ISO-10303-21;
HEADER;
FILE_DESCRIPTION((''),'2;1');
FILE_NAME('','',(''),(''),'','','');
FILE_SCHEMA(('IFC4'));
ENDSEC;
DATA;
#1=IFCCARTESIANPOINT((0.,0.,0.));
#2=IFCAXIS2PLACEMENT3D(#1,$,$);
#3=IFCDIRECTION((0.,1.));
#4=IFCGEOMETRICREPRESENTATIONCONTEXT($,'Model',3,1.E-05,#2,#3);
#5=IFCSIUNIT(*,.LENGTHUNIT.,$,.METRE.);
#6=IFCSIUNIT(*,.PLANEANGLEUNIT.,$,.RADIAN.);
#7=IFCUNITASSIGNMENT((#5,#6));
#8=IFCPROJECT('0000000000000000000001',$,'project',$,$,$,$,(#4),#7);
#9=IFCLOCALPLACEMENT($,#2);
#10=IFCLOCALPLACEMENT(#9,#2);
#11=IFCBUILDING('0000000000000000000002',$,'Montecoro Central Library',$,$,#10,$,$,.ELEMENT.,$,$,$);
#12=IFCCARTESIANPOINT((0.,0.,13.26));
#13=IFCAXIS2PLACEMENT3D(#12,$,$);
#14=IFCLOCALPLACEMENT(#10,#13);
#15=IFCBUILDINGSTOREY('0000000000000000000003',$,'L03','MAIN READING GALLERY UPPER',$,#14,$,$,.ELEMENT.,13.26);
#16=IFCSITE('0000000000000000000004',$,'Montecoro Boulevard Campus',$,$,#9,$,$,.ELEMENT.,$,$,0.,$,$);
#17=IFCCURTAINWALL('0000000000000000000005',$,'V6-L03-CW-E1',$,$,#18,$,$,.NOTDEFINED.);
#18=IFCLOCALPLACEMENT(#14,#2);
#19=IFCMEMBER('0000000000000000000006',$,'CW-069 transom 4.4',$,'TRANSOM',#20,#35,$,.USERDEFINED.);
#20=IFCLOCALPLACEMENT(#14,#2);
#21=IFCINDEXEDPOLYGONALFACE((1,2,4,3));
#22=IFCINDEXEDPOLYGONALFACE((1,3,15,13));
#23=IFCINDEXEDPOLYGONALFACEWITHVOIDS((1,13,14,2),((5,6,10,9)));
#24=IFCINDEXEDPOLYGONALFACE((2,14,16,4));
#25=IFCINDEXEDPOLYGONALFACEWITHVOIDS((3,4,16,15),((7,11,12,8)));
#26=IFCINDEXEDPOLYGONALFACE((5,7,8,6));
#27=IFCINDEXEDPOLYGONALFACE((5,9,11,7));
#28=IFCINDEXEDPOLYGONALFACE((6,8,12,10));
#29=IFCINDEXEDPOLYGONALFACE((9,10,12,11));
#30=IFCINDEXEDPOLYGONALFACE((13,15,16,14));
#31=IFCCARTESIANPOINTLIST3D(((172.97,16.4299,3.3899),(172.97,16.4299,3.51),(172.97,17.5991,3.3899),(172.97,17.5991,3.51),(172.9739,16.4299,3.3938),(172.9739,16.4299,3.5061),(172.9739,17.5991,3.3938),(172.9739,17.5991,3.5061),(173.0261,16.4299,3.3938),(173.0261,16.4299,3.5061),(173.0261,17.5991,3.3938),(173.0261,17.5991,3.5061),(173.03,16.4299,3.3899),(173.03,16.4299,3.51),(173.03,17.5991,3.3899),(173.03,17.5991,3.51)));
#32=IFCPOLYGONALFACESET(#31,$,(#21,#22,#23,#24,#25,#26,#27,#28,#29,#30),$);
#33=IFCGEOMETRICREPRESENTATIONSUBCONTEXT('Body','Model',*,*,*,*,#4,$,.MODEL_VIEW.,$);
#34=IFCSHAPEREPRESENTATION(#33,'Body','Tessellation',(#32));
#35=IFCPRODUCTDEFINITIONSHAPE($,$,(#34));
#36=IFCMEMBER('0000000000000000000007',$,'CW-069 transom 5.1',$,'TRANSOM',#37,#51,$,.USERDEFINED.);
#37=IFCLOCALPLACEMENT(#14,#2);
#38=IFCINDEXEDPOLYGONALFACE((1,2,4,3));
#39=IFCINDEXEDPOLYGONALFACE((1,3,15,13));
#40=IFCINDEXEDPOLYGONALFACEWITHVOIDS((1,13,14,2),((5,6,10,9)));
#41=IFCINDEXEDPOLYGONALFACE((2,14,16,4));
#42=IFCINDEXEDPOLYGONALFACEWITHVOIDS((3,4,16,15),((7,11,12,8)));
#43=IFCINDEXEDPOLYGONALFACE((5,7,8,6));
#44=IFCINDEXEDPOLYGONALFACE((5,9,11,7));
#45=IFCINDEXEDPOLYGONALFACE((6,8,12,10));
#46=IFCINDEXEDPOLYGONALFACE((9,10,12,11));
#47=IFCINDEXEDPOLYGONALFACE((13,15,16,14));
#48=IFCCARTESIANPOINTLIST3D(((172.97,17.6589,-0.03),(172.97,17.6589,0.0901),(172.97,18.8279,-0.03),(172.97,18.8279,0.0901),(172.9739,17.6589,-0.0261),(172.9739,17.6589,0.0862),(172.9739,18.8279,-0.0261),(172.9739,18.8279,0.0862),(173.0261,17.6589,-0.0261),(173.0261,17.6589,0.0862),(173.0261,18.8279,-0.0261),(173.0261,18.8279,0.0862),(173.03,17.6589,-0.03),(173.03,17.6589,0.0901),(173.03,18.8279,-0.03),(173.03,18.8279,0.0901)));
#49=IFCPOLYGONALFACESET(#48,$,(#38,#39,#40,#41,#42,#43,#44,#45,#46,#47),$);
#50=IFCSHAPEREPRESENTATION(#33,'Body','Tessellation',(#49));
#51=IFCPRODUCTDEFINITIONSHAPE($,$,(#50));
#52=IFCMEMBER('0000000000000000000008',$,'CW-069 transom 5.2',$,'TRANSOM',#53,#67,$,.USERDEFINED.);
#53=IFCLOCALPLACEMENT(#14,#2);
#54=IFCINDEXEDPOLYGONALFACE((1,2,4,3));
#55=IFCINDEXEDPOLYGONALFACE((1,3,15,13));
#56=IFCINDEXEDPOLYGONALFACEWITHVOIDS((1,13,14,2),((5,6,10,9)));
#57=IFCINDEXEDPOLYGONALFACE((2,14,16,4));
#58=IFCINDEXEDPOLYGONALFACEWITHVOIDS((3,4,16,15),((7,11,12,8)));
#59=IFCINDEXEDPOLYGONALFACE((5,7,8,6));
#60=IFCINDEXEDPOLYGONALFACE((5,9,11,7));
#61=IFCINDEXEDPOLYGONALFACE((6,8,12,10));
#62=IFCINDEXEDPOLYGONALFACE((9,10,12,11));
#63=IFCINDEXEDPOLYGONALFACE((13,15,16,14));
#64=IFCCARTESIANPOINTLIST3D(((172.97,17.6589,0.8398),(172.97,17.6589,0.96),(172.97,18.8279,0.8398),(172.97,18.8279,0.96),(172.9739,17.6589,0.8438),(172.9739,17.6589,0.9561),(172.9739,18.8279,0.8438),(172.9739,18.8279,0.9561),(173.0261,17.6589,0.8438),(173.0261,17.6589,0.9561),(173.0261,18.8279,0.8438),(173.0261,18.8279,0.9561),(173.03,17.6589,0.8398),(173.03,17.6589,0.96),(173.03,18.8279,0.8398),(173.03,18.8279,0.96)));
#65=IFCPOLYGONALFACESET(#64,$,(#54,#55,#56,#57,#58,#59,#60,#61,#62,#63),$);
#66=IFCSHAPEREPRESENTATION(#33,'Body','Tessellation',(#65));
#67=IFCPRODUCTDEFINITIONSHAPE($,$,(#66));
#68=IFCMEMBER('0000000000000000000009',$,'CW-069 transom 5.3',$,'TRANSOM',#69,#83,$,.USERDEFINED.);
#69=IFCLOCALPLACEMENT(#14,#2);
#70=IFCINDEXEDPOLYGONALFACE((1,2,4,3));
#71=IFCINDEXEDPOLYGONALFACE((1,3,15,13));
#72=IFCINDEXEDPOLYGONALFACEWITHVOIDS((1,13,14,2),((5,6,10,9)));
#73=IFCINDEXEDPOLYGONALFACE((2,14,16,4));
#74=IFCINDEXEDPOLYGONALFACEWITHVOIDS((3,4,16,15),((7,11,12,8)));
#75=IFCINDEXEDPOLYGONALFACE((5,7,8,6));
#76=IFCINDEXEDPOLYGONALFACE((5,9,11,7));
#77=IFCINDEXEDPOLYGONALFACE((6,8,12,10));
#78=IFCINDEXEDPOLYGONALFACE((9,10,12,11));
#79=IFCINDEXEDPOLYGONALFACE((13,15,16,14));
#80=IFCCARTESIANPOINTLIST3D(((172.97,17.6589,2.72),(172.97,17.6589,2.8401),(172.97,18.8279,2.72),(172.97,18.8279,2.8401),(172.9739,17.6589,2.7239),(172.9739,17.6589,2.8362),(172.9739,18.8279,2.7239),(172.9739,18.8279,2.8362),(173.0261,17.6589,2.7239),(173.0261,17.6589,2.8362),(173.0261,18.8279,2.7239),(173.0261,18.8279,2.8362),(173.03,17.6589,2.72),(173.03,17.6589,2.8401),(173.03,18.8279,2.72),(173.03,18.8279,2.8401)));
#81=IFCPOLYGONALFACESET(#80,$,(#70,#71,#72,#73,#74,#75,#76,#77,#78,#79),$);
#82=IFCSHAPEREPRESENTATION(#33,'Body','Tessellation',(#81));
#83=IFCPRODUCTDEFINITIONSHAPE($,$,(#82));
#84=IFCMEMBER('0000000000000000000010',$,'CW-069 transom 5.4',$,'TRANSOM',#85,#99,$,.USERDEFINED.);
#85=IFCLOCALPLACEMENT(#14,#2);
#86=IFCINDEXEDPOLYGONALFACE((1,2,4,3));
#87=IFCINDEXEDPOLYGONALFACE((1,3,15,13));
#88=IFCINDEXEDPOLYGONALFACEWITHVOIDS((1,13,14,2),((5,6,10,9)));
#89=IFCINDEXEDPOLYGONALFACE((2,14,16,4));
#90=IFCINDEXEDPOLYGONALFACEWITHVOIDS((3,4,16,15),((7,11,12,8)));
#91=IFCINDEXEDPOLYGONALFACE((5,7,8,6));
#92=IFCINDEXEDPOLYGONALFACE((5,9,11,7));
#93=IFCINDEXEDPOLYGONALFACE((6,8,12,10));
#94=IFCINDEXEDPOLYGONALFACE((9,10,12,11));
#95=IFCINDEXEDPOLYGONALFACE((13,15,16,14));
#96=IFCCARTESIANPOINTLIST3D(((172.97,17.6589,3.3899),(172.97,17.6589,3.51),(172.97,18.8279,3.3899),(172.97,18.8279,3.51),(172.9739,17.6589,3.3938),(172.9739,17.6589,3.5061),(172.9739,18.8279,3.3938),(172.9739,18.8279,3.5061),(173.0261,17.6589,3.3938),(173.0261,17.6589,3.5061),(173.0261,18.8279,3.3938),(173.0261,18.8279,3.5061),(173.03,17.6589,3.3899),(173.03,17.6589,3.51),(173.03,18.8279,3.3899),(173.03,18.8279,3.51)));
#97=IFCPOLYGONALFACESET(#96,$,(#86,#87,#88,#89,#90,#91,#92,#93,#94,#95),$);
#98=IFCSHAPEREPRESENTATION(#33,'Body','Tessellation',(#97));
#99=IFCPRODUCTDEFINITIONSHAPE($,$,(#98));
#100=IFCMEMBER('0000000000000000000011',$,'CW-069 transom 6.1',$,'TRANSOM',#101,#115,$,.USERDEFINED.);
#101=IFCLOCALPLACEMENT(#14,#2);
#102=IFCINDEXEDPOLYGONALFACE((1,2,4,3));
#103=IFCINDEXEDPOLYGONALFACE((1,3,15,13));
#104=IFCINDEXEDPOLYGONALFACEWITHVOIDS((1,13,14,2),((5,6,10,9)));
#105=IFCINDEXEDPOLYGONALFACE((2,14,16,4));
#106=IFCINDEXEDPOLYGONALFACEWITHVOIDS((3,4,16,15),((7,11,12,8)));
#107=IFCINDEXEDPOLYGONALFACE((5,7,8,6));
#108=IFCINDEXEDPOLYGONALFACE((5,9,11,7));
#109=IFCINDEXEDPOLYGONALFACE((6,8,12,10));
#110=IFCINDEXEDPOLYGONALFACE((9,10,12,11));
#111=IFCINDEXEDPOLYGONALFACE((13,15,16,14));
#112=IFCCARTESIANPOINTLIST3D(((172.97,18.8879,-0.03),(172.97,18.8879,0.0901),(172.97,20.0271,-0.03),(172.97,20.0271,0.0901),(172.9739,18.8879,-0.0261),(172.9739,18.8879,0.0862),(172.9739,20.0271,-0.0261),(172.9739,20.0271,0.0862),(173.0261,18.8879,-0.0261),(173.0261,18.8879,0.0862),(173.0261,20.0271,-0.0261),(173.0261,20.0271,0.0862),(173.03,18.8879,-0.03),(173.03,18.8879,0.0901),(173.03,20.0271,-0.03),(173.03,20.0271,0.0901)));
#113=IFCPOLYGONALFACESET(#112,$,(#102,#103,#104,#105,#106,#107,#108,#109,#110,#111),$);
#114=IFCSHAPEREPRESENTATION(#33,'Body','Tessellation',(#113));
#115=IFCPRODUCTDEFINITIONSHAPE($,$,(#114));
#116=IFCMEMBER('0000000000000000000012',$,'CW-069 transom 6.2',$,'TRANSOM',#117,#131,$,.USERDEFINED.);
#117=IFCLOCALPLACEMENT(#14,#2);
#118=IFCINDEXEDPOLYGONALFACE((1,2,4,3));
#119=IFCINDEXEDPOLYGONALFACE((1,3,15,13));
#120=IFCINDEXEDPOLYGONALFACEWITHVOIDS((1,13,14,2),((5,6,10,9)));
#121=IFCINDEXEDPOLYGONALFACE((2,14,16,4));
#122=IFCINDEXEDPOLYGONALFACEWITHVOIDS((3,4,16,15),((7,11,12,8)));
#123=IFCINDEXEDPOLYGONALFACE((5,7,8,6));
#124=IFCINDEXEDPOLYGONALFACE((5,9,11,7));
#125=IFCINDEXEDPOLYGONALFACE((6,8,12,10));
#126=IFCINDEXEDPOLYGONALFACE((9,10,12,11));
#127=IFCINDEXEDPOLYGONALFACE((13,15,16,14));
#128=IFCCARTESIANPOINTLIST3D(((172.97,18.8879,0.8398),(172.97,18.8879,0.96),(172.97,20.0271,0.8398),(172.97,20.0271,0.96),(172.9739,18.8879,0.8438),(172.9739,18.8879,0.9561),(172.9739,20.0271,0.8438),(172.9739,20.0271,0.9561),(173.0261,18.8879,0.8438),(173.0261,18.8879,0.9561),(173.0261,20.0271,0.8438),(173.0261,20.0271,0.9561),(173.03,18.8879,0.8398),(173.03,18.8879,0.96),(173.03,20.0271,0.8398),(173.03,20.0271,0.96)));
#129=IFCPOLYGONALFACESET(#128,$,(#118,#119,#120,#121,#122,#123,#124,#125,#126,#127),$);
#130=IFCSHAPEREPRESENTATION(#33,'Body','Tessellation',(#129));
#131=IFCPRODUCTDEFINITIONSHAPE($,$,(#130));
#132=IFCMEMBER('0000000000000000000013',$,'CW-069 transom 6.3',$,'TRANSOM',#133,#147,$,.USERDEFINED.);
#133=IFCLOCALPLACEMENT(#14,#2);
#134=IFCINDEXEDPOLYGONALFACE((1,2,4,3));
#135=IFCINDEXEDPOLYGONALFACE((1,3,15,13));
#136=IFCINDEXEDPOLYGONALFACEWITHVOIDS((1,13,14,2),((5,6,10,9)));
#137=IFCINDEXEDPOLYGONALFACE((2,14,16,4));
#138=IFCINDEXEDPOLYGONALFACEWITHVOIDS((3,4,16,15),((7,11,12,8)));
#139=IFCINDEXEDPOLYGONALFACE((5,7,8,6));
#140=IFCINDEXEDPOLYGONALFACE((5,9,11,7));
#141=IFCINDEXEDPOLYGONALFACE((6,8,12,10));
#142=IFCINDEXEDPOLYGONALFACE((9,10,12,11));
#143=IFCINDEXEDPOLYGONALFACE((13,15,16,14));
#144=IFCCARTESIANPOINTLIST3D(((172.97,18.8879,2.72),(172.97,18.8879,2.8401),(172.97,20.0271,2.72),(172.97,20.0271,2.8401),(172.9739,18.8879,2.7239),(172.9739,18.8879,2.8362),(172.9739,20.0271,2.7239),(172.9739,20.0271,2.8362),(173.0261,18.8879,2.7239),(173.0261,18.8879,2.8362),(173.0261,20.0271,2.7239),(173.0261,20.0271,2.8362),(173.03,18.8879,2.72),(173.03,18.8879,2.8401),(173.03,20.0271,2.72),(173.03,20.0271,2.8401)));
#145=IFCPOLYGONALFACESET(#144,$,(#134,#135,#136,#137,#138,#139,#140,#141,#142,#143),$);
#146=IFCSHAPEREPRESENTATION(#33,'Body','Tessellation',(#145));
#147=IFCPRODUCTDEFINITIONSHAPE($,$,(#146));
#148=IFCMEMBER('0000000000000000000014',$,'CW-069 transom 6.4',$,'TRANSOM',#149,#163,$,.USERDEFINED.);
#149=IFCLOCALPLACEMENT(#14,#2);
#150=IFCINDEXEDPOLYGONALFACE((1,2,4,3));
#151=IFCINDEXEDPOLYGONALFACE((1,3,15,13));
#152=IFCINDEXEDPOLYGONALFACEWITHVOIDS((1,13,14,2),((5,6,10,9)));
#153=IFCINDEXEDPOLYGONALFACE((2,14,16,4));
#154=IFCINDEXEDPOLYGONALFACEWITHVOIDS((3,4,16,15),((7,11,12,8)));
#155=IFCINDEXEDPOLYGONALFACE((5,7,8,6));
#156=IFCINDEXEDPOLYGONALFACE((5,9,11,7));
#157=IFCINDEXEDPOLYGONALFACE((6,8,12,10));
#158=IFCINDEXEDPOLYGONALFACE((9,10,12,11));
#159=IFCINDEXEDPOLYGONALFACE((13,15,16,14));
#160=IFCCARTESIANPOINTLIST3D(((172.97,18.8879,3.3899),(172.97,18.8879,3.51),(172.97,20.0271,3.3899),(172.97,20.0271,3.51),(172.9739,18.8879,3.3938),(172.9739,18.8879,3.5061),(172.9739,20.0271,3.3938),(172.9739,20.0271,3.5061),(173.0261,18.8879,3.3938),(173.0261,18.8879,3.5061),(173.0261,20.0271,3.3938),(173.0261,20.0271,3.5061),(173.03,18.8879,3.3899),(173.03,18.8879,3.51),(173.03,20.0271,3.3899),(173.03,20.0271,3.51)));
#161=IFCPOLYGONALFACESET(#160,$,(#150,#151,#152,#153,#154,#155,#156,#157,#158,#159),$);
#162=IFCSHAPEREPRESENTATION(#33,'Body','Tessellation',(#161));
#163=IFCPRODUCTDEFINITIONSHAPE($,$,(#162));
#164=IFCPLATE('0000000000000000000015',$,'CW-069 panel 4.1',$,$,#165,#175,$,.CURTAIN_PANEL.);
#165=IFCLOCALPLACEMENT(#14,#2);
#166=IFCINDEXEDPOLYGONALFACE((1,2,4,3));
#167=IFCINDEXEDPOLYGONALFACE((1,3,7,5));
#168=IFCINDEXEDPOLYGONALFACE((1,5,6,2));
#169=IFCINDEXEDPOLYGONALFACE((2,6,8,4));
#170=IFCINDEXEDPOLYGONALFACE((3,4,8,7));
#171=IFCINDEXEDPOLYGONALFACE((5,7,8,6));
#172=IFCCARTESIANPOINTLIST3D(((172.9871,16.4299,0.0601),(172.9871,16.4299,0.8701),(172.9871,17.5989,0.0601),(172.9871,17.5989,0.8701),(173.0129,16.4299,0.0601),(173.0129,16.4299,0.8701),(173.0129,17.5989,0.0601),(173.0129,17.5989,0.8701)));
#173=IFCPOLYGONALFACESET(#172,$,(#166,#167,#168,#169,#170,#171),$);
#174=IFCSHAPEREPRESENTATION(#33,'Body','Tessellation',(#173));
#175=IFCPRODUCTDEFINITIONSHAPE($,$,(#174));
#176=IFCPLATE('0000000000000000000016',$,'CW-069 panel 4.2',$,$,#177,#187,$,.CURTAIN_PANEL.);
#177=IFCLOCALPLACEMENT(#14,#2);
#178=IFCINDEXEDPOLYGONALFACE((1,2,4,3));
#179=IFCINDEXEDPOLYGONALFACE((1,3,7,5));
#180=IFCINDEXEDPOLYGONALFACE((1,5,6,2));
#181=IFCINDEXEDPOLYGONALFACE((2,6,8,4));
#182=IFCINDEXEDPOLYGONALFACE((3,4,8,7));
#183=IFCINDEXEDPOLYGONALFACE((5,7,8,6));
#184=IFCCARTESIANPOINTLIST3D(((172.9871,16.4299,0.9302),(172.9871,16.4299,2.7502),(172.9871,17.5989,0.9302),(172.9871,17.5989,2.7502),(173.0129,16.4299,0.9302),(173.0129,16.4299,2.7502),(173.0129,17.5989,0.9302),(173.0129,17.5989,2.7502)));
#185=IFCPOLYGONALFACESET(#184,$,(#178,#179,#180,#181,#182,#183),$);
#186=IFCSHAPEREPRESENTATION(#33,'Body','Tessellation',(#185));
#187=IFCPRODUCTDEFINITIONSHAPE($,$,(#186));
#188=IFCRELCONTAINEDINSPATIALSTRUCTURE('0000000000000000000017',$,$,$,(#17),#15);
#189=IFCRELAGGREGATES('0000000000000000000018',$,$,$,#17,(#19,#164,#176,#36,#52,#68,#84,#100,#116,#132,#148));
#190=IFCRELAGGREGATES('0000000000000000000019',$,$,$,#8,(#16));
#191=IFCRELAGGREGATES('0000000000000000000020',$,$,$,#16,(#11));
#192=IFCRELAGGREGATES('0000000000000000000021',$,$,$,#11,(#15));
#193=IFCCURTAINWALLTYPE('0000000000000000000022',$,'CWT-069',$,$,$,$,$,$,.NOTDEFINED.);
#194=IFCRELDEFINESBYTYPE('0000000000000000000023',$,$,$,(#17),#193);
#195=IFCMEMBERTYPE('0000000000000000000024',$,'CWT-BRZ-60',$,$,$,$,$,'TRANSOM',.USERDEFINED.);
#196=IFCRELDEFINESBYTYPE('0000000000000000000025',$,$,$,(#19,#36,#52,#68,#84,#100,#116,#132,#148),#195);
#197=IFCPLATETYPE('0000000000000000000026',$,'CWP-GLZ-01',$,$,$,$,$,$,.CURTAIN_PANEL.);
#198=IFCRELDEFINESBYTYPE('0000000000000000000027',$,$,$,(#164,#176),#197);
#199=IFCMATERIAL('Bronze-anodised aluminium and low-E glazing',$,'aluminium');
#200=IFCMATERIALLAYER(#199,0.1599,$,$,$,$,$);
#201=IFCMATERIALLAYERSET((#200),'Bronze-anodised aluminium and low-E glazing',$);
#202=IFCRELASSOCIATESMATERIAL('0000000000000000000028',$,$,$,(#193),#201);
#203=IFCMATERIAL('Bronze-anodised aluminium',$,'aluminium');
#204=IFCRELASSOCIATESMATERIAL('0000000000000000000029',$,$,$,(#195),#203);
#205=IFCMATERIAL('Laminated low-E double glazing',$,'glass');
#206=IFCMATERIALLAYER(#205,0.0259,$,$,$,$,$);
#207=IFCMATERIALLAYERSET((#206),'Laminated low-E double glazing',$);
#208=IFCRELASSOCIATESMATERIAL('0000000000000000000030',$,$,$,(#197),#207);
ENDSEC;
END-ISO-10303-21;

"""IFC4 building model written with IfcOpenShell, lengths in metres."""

from ifc_helpers import new_model, si_unit, direction, frame, origin, origin_2d, place, context, subcontext, project, spatial, rectangle, hollow_rectangle, extrude, material, layer, layer_set, material_profile, profile_set, type_object, element, aggregate, save


model = new_model("IFC4")

# Units and contexts
model_context = context("Model", 3, precision=1e-05, world=origin(), true_north=direction((0.0, 1.0)))
body_context = subcontext(model_context, "Body", "Model", "MODEL_VIEW")
ifc_project = project(units=[si_unit("LENGTHUNIT", "METRE"), si_unit("PLANEANGLEUNIT", "RADIAN")], contexts=[model_context])

# Site, building, storey
site_placement = place(None, origin())
site = spatial("IfcSite", under=ifc_project, at=site_placement, Name="Montecoro Boulevard Campus", CompositionType="ELEMENT", RefElevation=0.0)
building_placement = place(site_placement, origin())
building = spatial("IfcBuilding", under=site, at=building_placement, Name="Montecoro Central Library", CompositionType="ELEMENT")
storey_placement = place(building_placement, frame((0.0, 0.0, 13.26)))
storey = spatial("IfcBuildingStorey", under=building, at=storey_placement, Name="L03", Description="MAIN READING GALLERY UPPER", CompositionType="ELEMENT", Elevation=13.26)

# Curtain wall, members, plates
ifc_material_1 = material(Name="Bronze-anodised aluminium and low-E glazing", Category="aluminium")
ifc_layer_1 = layer(ifc_material_1, 0.1599)
ifc_layer_set_1 = layer_set([ifc_layer_1], Name="Bronze-anodised aluminium and low-E glazing")
curtain_wall_type = type_object("IfcCurtainWallType", Name="CWT-069", PredefinedType="NOTDEFINED", material=ifc_layer_set_1)
curtain_wall_placement = place(storey_placement, origin())
curtain_wall = element("IfcCurtainWall", 1, at=curtain_wall_placement, inside=storey, type_object=curtain_wall_type, Name="V6-L03-CW-E1", PredefinedType="NOTDEFINED")
ifc_material_2 = material(Name="Bronze-anodised aluminium", Category="aluminium")
ifc_material_profile_1 = material_profile(ifc_material_2, hollow_rectangle(XDim=0.0601, YDim=0.1201, WallThickness=0.0039, at=origin_2d()), Name="CWT 120x60x4.0")
ifc_profile_set_1 = profile_set([ifc_material_profile_1], Name="Bronze-anodised aluminium")
member_type_1 = type_object("IfcMemberType", Name="CWT-BRZ-60", ElementType="TRANSOM", PredefinedType="USERDEFINED", material=ifc_profile_set_1)
member_1_placement = place(storey_placement, frame((173.0, 16.4299, 3.45), z_axis=(0.0, 1.0, 0.0), x_axis=(-1.0, 0.0, 0.0)))
member_1 = element("IfcMember", 2, at=member_1_placement, type_object=member_type_1, Name="CW-069 transom 4.4", ObjectType="TRANSOM", PredefinedType="USERDEFINED", context=body_context, shape_type="SweptSolid", body=[
    extrude(hollow_rectangle(XDim=0.0601, YDim=0.1201, WallThickness=0.0039, at=origin_2d()), origin(), (0.0, 0.0, 1.0), 1.1692),
])
member_2_placement = place(storey_placement, frame((173.0, 17.6589, 0.03), z_axis=(0.0, 1.0, 0.0), x_axis=(-1.0, 0.0, 0.0)))
member_2 = element("IfcMember", 3, at=member_2_placement, type_object=member_type_1, Name="CW-069 transom 5.1", ObjectType="TRANSOM", PredefinedType="USERDEFINED", context=body_context, shape_type="SweptSolid", body=[
    extrude(hollow_rectangle(XDim=0.0601, YDim=0.1201, WallThickness=0.0039, at=origin_2d()), origin(), (0.0, 0.0, 1.0), 1.1689),
])
member_3_placement = place(storey_placement, frame((173.0, 17.6589, 0.8999), z_axis=(0.0, 1.0, 0.0), x_axis=(-1.0, 0.0, 0.0)))
member_3 = element("IfcMember", 4, at=member_3_placement, type_object=member_type_1, Name="CW-069 transom 5.2", ObjectType="TRANSOM", PredefinedType="USERDEFINED", context=body_context, shape_type="SweptSolid", body=[
    extrude(hollow_rectangle(XDim=0.0601, YDim=0.1201, WallThickness=0.0039, at=origin_2d()), origin(), (0.0, 0.0, 1.0), 1.1689),
])
member_4_placement = place(storey_placement, frame((173.0, 17.6589, 2.78), z_axis=(0.0, 1.0, 0.0), x_axis=(-1.0, 0.0, 0.0)))
member_4 = element("IfcMember", 5, at=member_4_placement, type_object=member_type_1, Name="CW-069 transom 5.3", ObjectType="TRANSOM", PredefinedType="USERDEFINED", context=body_context, shape_type="SweptSolid", body=[
    extrude(hollow_rectangle(XDim=0.0601, YDim=0.1201, WallThickness=0.0039, at=origin_2d()), origin(), (0.0, 0.0, 1.0), 1.1689),
])
member_5_placement = place(storey_placement, frame((173.0, 17.6589, 3.45), z_axis=(0.0, 1.0, 0.0), x_axis=(-1.0, 0.0, 0.0)))
member_5 = element("IfcMember", 6, at=member_5_placement, type_object=member_type_1, Name="CW-069 transom 5.4", ObjectType="TRANSOM", PredefinedType="USERDEFINED", context=body_context, shape_type="SweptSolid", body=[
    extrude(hollow_rectangle(XDim=0.0601, YDim=0.1201, WallThickness=0.0039, at=origin_2d()), origin(), (0.0, 0.0, 1.0), 1.1689),
])
member_6_placement = place(storey_placement, frame((173.0, 18.8879, 0.03), z_axis=(0.0, 1.0, 0.0), x_axis=(-1.0, 0.0, 0.0)))
member_6 = element("IfcMember", 7, at=member_6_placement, type_object=member_type_1, Name="CW-069 transom 6.1", ObjectType="TRANSOM", PredefinedType="USERDEFINED", context=body_context, shape_type="SweptSolid", body=[
    extrude(hollow_rectangle(XDim=0.0601, YDim=0.1201, WallThickness=0.0039, at=origin_2d()), origin(), (0.0, 0.0, 1.0), 1.1392),
])
member_7_placement = place(storey_placement, frame((173.0, 18.8879, 0.8999), z_axis=(0.0, 1.0, 0.0), x_axis=(-1.0, 0.0, 0.0)))
member_7 = element("IfcMember", 8, at=member_7_placement, type_object=member_type_1, Name="CW-069 transom 6.2", ObjectType="TRANSOM", PredefinedType="USERDEFINED", context=body_context, shape_type="SweptSolid", body=[
    extrude(hollow_rectangle(XDim=0.0601, YDim=0.1201, WallThickness=0.0039, at=origin_2d()), origin(), (0.0, 0.0, 1.0), 1.1392),
])
member_8_placement = place(storey_placement, frame((173.0, 18.8879, 2.78), z_axis=(0.0, 1.0, 0.0), x_axis=(-1.0, 0.0, 0.0)))
member_8 = element("IfcMember", 9, at=member_8_placement, type_object=member_type_1, Name="CW-069 transom 6.3", ObjectType="TRANSOM", PredefinedType="USERDEFINED", context=body_context, shape_type="SweptSolid", body=[
    extrude(hollow_rectangle(XDim=0.0601, YDim=0.1201, WallThickness=0.0039, at=origin_2d()), origin(), (0.0, 0.0, 1.0), 1.1392),
])
member_9_placement = place(storey_placement, frame((173.0, 18.8879, 3.45), z_axis=(0.0, 1.0, 0.0), x_axis=(-1.0, 0.0, 0.0)))
member_9 = element("IfcMember", 10, at=member_9_placement, type_object=member_type_1, Name="CW-069 transom 6.4", ObjectType="TRANSOM", PredefinedType="USERDEFINED", context=body_context, shape_type="SweptSolid", body=[
    extrude(hollow_rectangle(XDim=0.0601, YDim=0.1201, WallThickness=0.0039, at=origin_2d()), origin(), (0.0, 0.0, 1.0), 1.1392),
])
ifc_material_3 = material(Name="Laminated low-E double glazing", Category="glass")
ifc_layer_2 = layer(ifc_material_3, 0.0259)
ifc_layer_set_2 = layer_set([ifc_layer_2], Name="Laminated low-E double glazing")
plate_type_1 = type_object("IfcPlateType", Name="CWP-GLZ-01", PredefinedType="CURTAIN_PANEL", material=ifc_layer_set_2)
plate_1_placement = place(storey_placement, frame((173.0, 17.0144, 0.0601), z_axis=(0.0, 0.0, 1.0), x_axis=(0.0, 1.0, 0.0)))
plate_1 = element("IfcPlate", 11, at=plate_1_placement, type_object=plate_type_1, Name="CW-069 panel 4.1", PredefinedType="CURTAIN_PANEL", context=body_context, shape_type="SweptSolid", body=[
    extrude(rectangle(XDim=1.1689, YDim=0.0259, at=origin_2d()), origin(), (0.0, 0.0, 1.0), 0.8101),
])
plate_2_placement = place(storey_placement, frame((173.0, 17.0144, 0.9302), z_axis=(0.0, 0.0, 1.0), x_axis=(0.0, 1.0, 0.0)))
plate_2 = element("IfcPlate", 12, at=plate_2_placement, type_object=plate_type_1, Name="CW-069 panel 4.2", PredefinedType="CURTAIN_PANEL", context=body_context, shape_type="SweptSolid", body=[
    extrude(rectangle(XDim=1.1689, YDim=0.0259, at=origin_2d()), origin(), (0.0, 0.0, 1.0), 1.8201),
])
aggregate(curtain_wall, [member_1, plate_1, plate_2, member_2, member_3, member_4, member_5, member_6, member_7, member_8, member_9])

save(model, "model.ifc")
